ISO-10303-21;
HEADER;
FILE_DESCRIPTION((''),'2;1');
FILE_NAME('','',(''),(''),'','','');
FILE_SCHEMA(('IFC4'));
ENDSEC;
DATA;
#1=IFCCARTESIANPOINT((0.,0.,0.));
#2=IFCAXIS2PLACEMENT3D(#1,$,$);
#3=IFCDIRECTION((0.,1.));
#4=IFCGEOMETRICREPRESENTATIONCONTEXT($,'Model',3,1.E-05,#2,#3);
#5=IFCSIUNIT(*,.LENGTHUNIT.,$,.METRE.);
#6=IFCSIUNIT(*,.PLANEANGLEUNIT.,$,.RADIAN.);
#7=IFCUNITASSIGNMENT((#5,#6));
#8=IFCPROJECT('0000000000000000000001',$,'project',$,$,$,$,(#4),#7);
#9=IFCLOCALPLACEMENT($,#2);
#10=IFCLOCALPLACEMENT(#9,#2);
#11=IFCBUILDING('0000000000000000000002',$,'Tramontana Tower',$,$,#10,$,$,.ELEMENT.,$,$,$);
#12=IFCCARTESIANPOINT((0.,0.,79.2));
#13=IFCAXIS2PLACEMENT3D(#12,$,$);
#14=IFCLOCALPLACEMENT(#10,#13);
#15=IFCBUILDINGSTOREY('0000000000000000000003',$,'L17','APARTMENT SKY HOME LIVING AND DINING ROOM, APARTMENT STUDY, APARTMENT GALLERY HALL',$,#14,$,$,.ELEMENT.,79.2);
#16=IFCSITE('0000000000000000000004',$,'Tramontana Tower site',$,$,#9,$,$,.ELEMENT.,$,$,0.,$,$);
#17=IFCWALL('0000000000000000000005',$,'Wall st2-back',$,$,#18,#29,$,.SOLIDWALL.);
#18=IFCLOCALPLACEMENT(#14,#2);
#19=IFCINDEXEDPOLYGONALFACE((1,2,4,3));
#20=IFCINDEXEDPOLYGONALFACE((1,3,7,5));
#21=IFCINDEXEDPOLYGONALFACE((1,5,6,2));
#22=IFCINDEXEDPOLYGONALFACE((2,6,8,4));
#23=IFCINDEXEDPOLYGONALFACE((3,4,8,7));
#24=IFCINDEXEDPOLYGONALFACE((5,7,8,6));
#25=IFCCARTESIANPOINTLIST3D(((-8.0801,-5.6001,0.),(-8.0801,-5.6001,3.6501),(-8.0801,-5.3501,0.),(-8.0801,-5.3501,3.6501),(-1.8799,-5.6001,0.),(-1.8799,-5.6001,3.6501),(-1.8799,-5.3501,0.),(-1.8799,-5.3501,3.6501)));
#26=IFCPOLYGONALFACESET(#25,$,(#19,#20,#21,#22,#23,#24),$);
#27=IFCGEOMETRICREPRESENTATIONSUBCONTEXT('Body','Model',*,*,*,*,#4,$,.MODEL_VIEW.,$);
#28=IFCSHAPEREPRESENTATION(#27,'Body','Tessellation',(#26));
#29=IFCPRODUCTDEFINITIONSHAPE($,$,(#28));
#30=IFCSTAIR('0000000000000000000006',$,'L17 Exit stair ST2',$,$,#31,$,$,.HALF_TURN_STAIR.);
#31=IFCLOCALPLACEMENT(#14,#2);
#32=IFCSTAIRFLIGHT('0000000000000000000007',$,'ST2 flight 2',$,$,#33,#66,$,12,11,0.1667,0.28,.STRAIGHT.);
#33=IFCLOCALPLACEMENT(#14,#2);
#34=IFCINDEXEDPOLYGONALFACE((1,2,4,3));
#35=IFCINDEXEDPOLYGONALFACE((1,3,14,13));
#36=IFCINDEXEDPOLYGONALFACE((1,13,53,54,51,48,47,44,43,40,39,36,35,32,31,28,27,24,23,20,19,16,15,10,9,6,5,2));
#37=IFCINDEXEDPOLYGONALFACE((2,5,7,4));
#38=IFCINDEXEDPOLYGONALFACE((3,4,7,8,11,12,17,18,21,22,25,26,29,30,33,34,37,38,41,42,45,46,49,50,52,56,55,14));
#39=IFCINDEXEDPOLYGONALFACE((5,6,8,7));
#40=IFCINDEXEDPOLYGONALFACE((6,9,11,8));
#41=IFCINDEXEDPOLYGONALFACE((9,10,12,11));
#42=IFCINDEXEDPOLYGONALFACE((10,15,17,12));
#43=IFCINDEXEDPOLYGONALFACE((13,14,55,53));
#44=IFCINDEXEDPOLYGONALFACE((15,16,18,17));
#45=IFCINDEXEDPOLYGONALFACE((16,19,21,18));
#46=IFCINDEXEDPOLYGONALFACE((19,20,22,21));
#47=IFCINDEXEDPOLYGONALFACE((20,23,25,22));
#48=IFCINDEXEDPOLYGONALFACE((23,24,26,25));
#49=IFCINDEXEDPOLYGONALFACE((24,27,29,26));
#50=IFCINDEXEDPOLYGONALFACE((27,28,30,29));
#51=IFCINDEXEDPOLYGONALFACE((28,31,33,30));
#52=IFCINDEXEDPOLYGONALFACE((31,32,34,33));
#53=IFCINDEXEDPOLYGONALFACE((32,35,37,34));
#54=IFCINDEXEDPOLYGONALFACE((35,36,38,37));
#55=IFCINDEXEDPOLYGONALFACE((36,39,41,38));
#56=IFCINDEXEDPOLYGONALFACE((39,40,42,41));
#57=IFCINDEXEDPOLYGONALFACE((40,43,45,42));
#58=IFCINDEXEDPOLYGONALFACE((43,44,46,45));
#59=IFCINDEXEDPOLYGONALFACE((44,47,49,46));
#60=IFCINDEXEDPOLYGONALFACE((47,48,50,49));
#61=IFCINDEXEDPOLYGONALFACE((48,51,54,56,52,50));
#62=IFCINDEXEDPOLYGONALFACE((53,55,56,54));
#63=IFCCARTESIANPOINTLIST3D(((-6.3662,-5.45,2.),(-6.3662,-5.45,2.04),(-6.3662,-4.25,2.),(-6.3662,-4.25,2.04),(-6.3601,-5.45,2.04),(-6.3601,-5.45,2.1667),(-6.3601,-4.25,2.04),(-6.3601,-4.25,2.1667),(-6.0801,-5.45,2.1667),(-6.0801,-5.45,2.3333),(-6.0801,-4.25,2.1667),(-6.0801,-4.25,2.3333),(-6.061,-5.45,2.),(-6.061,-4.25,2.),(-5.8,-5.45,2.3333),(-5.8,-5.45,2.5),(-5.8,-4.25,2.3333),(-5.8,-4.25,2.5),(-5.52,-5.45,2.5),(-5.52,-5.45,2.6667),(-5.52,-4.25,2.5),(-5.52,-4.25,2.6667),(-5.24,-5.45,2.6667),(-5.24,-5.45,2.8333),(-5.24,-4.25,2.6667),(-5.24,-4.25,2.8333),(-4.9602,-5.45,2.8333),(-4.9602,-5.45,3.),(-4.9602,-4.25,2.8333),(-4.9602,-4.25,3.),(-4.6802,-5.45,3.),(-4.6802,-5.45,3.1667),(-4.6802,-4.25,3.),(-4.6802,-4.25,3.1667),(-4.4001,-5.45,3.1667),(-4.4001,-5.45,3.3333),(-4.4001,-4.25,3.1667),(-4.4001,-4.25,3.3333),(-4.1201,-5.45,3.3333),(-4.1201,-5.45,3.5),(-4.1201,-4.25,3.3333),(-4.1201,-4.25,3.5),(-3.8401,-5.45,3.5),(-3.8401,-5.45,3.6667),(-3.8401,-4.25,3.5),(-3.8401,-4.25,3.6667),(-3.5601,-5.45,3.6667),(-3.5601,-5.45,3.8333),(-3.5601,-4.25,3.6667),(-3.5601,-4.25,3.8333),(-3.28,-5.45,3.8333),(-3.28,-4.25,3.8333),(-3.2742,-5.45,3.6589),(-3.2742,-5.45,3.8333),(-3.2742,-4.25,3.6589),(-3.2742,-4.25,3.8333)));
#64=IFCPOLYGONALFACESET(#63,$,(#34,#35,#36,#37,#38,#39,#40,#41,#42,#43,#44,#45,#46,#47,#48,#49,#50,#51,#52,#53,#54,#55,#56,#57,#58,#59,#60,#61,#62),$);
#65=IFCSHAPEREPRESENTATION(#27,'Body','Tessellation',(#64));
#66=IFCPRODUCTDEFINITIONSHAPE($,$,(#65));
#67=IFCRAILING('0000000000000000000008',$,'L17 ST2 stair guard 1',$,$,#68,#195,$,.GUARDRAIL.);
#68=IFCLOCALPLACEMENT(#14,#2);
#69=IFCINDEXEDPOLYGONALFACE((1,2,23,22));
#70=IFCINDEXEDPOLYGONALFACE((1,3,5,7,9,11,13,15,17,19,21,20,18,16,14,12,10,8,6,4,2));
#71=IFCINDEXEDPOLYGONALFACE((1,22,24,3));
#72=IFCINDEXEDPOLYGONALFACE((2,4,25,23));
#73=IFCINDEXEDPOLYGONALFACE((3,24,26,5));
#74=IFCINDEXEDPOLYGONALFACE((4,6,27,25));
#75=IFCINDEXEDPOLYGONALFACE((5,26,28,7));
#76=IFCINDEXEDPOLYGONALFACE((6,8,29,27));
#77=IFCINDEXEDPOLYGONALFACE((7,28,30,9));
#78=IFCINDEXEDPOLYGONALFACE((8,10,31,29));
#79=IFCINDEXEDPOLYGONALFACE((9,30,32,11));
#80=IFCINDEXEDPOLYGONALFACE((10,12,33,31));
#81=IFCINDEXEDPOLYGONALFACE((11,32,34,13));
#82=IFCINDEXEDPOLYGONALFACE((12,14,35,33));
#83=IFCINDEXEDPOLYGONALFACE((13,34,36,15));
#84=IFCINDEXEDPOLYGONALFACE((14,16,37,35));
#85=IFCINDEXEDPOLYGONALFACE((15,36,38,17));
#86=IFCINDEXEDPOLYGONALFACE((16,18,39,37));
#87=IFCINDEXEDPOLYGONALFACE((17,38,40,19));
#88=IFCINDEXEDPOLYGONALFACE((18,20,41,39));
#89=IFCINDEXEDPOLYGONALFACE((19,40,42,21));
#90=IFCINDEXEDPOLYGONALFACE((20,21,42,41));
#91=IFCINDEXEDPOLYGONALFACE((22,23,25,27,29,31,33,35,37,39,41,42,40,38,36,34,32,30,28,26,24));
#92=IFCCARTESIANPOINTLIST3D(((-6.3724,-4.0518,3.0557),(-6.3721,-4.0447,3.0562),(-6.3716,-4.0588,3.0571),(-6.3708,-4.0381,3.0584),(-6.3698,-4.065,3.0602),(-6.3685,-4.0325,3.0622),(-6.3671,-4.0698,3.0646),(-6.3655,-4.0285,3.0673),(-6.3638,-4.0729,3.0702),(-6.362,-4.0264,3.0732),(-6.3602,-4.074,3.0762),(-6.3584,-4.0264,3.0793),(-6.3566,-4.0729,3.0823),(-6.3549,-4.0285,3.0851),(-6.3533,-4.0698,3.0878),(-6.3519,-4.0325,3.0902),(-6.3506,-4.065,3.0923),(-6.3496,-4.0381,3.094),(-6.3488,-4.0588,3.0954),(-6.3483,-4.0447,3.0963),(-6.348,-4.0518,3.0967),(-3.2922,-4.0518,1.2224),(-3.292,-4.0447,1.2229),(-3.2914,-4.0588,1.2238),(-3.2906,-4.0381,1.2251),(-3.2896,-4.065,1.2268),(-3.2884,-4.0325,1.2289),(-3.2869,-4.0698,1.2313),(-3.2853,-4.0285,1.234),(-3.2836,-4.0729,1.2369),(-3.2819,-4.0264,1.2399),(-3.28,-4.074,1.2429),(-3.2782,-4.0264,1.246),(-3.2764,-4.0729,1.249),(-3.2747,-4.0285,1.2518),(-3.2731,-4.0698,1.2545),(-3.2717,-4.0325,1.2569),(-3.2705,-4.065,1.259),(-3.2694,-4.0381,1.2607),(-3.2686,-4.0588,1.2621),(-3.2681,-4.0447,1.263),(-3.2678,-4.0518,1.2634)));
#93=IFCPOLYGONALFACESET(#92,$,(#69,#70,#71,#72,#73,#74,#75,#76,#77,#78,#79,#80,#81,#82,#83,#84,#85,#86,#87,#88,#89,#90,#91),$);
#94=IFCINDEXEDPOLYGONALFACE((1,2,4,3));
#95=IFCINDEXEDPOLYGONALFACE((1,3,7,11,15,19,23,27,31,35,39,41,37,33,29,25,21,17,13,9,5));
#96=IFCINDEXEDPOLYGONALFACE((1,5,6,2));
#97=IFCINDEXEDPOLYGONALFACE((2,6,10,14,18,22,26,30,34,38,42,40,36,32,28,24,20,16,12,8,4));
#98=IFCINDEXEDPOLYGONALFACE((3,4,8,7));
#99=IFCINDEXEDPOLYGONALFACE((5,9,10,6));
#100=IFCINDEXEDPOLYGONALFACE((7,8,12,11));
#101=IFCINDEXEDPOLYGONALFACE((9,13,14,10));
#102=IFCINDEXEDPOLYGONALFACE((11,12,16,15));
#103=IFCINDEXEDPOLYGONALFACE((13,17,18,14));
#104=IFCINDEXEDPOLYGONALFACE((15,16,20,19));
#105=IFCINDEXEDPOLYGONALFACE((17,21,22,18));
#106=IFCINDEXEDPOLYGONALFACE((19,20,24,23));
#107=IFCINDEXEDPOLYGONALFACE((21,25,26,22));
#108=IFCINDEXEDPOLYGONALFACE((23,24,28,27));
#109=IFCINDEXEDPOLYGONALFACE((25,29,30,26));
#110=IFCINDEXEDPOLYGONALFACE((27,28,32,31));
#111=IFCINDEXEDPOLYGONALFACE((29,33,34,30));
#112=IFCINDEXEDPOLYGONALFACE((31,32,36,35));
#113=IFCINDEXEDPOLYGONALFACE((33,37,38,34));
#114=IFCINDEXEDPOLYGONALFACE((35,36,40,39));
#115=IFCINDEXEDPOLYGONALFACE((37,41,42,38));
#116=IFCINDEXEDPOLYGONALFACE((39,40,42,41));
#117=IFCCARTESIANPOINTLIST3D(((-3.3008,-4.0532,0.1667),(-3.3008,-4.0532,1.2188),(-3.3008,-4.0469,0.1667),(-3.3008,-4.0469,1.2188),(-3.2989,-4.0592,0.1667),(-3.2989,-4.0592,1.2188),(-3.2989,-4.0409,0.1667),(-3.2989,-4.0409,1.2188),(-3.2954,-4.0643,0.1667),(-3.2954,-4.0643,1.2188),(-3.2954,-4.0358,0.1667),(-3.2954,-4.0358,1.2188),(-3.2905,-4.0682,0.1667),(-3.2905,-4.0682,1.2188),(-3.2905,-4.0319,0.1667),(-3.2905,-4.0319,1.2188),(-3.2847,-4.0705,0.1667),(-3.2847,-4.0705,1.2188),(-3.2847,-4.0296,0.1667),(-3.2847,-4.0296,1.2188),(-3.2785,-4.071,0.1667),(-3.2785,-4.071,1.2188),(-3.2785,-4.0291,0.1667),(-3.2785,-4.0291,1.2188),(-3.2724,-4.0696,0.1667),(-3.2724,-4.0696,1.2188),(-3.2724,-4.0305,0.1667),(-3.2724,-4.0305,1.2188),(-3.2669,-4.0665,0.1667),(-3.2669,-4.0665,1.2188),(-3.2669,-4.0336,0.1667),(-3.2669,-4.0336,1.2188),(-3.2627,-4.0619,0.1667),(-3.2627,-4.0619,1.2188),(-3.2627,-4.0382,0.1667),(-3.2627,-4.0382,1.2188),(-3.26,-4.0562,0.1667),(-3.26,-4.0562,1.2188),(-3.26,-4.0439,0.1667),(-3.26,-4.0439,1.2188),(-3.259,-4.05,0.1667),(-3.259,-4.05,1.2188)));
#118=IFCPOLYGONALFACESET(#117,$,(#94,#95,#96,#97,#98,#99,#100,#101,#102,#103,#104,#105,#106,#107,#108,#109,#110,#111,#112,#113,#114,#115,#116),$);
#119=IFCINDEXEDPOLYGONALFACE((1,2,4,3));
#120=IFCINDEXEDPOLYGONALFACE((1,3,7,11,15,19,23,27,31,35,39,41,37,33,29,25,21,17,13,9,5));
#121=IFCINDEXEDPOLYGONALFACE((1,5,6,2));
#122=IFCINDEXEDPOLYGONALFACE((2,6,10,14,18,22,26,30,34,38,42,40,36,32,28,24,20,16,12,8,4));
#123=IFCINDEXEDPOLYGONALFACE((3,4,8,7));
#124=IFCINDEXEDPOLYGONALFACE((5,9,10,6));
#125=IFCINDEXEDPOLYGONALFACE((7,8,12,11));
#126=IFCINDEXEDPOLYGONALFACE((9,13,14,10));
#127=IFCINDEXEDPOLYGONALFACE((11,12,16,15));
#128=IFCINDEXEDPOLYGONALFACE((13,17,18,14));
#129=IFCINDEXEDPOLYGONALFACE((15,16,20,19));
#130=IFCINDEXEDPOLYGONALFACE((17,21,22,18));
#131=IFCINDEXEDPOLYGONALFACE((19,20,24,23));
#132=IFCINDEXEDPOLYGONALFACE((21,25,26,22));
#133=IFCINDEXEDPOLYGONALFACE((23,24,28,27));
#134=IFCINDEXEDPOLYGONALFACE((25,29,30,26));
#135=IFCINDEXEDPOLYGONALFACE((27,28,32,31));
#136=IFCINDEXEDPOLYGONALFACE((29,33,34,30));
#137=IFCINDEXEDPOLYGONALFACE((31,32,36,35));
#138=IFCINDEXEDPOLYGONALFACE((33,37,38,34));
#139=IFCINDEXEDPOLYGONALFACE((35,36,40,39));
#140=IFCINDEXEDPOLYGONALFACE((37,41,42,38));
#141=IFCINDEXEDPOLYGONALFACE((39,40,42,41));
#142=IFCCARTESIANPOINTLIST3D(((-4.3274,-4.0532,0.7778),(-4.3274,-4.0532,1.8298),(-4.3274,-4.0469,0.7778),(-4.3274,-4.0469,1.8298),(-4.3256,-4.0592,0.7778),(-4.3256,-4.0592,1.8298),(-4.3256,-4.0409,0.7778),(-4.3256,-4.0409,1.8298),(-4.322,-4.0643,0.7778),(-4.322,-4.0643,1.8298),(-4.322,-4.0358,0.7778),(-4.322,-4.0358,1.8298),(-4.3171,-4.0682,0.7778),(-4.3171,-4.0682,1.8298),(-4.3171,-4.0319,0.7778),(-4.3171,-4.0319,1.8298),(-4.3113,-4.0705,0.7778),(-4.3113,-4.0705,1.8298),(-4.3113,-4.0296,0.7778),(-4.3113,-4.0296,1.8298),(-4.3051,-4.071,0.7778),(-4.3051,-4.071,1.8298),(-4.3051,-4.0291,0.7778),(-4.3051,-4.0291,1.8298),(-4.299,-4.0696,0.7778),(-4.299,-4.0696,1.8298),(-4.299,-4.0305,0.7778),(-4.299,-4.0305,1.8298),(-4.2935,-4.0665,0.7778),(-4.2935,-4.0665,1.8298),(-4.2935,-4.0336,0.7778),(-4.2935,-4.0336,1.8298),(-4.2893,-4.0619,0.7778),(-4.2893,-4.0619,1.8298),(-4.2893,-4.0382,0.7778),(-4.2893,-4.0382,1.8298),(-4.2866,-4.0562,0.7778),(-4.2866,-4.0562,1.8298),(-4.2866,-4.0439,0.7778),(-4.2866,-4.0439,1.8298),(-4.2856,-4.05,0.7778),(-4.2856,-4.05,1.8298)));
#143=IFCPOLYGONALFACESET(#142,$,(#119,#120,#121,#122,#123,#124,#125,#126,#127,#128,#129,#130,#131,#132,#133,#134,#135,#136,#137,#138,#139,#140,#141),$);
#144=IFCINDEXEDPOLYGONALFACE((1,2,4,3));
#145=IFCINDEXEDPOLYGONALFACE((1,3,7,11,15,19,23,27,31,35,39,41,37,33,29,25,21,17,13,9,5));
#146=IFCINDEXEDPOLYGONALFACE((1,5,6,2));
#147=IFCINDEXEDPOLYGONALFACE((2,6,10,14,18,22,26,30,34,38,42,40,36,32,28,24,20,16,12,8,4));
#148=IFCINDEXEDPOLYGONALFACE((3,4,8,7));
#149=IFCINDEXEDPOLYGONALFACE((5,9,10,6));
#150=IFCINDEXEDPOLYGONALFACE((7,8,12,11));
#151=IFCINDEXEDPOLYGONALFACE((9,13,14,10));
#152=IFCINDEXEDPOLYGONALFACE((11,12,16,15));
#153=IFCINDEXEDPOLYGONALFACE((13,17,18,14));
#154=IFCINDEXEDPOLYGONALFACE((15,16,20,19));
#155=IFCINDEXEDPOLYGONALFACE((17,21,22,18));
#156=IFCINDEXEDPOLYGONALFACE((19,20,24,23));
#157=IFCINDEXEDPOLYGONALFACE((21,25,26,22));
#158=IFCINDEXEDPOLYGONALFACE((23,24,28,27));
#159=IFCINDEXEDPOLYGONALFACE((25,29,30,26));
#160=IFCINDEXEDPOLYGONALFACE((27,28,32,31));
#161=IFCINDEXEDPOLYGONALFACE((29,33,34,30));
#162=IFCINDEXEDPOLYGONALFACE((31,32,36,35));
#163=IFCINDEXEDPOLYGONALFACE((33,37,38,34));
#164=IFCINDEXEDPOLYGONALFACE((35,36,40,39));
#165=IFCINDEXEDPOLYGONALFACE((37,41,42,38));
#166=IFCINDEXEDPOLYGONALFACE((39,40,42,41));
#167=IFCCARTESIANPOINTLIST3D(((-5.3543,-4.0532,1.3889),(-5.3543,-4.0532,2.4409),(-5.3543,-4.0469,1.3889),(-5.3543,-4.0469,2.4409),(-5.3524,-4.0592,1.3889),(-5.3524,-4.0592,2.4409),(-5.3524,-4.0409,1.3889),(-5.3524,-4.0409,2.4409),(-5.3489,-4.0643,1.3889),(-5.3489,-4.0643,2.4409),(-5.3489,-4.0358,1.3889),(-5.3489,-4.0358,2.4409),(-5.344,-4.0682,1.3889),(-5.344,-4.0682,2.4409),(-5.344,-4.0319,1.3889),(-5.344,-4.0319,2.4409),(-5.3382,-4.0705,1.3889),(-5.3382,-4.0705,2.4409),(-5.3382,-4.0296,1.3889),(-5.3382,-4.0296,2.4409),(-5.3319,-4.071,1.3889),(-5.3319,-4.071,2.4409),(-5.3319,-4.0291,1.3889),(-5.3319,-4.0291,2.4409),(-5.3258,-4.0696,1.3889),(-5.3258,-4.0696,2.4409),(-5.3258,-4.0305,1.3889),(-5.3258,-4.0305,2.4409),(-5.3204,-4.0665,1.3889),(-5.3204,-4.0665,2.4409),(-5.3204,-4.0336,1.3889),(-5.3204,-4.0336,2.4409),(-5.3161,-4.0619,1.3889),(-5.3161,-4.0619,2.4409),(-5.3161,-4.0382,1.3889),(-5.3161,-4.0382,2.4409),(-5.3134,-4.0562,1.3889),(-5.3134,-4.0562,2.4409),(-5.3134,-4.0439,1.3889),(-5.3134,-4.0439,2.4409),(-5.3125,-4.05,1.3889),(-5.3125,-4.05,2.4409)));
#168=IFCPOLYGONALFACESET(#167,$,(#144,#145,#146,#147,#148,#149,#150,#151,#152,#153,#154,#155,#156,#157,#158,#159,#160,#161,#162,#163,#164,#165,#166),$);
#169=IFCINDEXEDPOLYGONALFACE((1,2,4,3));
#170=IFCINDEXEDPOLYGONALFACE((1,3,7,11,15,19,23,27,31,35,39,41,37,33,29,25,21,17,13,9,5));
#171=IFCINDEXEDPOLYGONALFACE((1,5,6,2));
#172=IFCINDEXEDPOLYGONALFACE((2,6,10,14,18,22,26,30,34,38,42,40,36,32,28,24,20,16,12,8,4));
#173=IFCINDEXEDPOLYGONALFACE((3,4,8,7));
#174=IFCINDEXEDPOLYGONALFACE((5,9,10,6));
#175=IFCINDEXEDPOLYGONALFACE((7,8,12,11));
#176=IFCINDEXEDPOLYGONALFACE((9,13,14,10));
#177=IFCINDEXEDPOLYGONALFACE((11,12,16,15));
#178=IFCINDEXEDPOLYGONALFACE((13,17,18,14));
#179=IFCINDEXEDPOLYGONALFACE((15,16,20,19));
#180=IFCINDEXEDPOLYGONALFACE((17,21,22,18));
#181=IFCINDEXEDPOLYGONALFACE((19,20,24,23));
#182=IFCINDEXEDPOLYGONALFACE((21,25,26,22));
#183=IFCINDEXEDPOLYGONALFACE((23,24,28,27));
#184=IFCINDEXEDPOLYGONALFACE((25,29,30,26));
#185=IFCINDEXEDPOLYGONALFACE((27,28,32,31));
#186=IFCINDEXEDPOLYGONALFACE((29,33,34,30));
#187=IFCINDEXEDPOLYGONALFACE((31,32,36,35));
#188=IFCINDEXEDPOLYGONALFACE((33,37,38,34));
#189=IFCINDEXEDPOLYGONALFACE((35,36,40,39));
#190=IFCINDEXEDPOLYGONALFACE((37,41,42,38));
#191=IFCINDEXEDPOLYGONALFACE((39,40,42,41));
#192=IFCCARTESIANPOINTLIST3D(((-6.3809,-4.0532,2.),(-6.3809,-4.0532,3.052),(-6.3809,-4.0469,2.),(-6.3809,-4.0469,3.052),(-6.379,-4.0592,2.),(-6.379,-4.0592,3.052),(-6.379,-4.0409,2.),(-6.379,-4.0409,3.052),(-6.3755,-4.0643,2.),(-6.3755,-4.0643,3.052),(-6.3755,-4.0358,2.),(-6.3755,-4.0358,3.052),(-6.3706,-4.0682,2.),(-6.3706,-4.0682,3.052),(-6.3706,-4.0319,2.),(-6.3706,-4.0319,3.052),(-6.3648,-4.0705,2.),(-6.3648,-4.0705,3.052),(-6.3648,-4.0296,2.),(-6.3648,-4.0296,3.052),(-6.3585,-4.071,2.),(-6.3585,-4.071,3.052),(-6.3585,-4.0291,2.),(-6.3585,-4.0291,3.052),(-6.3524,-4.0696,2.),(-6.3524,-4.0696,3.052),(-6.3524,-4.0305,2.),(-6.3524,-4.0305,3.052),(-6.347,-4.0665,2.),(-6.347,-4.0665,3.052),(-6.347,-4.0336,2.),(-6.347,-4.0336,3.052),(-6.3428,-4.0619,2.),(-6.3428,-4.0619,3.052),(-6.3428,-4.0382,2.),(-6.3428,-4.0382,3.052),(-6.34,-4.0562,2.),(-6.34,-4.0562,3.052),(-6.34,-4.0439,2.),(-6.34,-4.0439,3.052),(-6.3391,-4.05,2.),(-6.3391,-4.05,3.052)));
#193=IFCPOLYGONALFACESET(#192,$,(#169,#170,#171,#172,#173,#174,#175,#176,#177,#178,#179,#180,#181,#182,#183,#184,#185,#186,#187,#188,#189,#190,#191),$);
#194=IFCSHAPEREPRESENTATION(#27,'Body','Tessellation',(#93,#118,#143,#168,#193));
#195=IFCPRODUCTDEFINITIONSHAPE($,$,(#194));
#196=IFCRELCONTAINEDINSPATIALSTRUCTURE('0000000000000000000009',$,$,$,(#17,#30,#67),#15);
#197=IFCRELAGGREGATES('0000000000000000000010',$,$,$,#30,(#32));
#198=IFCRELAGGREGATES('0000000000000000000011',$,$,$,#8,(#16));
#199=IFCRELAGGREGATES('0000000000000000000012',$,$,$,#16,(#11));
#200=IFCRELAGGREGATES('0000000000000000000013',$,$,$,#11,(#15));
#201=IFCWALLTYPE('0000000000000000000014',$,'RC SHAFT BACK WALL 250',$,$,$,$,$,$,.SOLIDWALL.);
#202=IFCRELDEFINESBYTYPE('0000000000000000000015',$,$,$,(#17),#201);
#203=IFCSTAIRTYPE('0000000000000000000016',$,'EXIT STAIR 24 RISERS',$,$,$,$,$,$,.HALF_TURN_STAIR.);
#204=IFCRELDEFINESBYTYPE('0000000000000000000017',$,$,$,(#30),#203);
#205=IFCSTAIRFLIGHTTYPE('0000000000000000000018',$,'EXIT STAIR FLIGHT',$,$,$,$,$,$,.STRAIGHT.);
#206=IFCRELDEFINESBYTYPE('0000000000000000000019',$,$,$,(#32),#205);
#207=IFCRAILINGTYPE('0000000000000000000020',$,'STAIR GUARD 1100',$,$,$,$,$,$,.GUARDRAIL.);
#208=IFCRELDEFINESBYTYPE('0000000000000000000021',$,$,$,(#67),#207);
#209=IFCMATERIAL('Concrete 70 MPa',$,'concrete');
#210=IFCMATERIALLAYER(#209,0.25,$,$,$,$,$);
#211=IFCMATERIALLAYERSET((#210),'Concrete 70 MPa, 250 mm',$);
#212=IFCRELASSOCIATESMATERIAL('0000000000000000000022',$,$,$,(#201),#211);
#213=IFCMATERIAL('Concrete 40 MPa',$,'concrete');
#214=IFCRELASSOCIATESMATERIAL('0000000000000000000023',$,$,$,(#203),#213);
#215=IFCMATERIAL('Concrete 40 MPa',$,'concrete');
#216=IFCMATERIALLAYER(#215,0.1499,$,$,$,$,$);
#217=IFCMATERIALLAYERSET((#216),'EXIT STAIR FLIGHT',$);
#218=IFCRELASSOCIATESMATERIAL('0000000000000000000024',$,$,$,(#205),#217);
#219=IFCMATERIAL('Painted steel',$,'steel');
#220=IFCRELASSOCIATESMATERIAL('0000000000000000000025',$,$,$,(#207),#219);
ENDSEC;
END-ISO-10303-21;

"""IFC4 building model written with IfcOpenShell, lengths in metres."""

from ifc_helpers import new_model, si_unit, direction, frame, frame_2d, origin, origin_2d, place, context, subcontext, project, spatial, polyline, rectangle, circle, outline, extrude, material, layer, layer_set, type_object, element, aggregate, save


model = new_model("IFC4")

# Units and contexts
model_context = context("Model", 3, precision=1e-05, world=origin(), true_north=direction((0.0, 1.0)))
body_context = subcontext(model_context, "Body", "Model", "MODEL_VIEW")
ifc_project = project(units=[si_unit("LENGTHUNIT", "METRE"), si_unit("PLANEANGLEUNIT", "RADIAN")], contexts=[model_context])

# Site, building, storey
site_placement = place(None, origin())
site = spatial("IfcSite", under=ifc_project, at=site_placement, Name="Tramontana Tower site", CompositionType="ELEMENT", RefElevation=0.0)
building_placement = place(site_placement, origin())
building = spatial("IfcBuilding", under=site, at=building_placement, Name="Tramontana Tower", CompositionType="ELEMENT")
storey_placement = place(building_placement, frame((0.0, 0.0, 79.2)))
storey = spatial("IfcBuildingStorey", under=building, at=storey_placement, Name="L17", Description="APARTMENT SKY HOME LIVING AND DINING ROOM, APARTMENT STUDY, APARTMENT GALLERY HALL", CompositionType="ELEMENT", Elevation=79.2)

# Wall
ifc_material_1 = material(Name="Concrete 70 MPa", Category="concrete")
ifc_layer_1 = layer(ifc_material_1, 0.25)
ifc_layer_set_1 = layer_set([ifc_layer_1], Name="Concrete 70 MPa, 250 mm")
wall_type_1 = type_object("IfcWallType", Name="RC SHAFT BACK WALL 250", PredefinedType="SOLIDWALL", material=ifc_layer_set_1)
wall_1_placement = place(storey_placement, frame((-8.0801, -5.4751, 0.0), z_axis=(0.0, 0.0, 1.0), x_axis=(1.0, 0.0, 0.0)))
element("IfcWall", 1, at=wall_1_placement, inside=storey, type_object=wall_type_1, Name="Wall st2-back", PredefinedType="SOLIDWALL", context=body_context, shape_type="SweptSolid", body=[
    extrude(rectangle(XDim=6.2002, YDim=0.25, at=frame_2d((3.1001, 0.0))), origin(), (0.0, 0.0, 1.0), 3.6501),
])

# Stair, stair flight
ifc_material_2 = material(Name="Concrete 40 MPa", Category="concrete")
stair_type = type_object("IfcStairType", Name="EXIT STAIR 24 RISERS", PredefinedType="HALF_TURN_STAIR", material=ifc_material_2)
stair_placement = place(storey_placement, origin())
stair = element("IfcStair", 2, at=stair_placement, inside=storey, type_object=stair_type, Name="L17 Exit stair ST2", PredefinedType="HALF_TURN_STAIR")
ifc_material_3 = material(Name="Concrete 40 MPa", Category="concrete")
ifc_layer_2 = layer(ifc_material_3, 0.1499)
ifc_layer_set_2 = layer_set([ifc_layer_2], Name="EXIT STAIR FLIGHT")
stair_flight_type = type_object("IfcStairFlightType", Name="EXIT STAIR FLIGHT", PredefinedType="STRAIGHT", material=ifc_layer_set_2)
stair_flight_placement = place(storey_placement, frame((-6.3601, -4.8501, 2.0), z_axis=(0.0, 0.0, 1.0), x_axis=(1.0, 0.0, 0.0)))
stair_flight = element("IfcStairFlight", 3, at=stair_flight_placement, type_object=stair_flight_type, Name="ST2 flight 2", NumberOfRisers=12, NumberOfTreads=11, PredefinedType="STRAIGHT", RiserHeight=0.1667, TreadLength=0.28, context=body_context, shape_type="SweptSolid", body=[
    extrude(outline(polyline([(-0.0061, 0.0), (-0.0061, 0.04), (0.0, 0.04), (0.0, 0.1667), (0.28, 0.1667), (0.28, 0.3333), (0.5601, 0.3333), (0.5601, 0.5), (0.8401, 0.5), (0.8401, 0.6667), (1.1201, 0.6667), (1.1201, 0.8333), (1.3999, 0.8333), (1.3999, 1.0), (1.6799, 1.0), (1.6799, 1.1667), (1.96, 1.1667), (1.96, 1.3333), (2.24, 1.3333), (2.24, 1.5), (2.52, 1.5), (2.52, 1.6667), (2.8, 1.6667), (2.8, 1.8333), (3.0801, 1.8333), (3.0859, 1.8333), (3.0859, 1.6589), (0.2991, 0.0), (-0.0061, 0.0)])), frame((0.0, 0.6001, 0.0), z_axis=(0.0, -1.0, 0.0), x_axis=(1.0, 0.0, 0.0)), (0.0, 0.0, 1.0), 1.2),
])
aggregate(stair, [stair_flight])

# Railing
ifc_material_4 = material(Name="Painted steel", Category="steel")
railing_type_1 = type_object("IfcRailingType", Name="STAIR GUARD 1100", PredefinedType="GUARDRAIL", material=ifc_material_4)
railing_1_placement = place(storey_placement, frame((-3.28, -4.05, 0.1667)))
element("IfcRailing", 4, at=railing_1_placement, inside=storey, type_object=railing_type_1, Name="L17 ST2 stair guard 1", PredefinedType="GUARDRAIL", context=body_context, shape_type="SweptSolid", body=[
    extrude(circle(Radius=0.0239, at=origin_2d()), frame((0.0, 0.0, 1.0762), z_axis=(-0.859309, 0.0, 0.511458), x_axis=(0.0, -1.0, 0.0)), (0.0, 0.0, 1.0), 3.5845),
    extrude(circle(Radius=0.021, at=origin_2d()), origin(), (0.0, 0.0, 1.0), 1.052),
    extrude(circle(Radius=0.021, at=origin_2d()), frame((-1.0266, 0.0, 0.6111)), (0.0, 0.0, 1.0), 1.052),
    extrude(circle(Radius=0.021, at=origin_2d()), frame((-2.0535, 0.0, 1.2222)), (0.0, 0.0, 1.0), 1.052),
    extrude(circle(Radius=0.021, at=origin_2d()), frame((-3.0801, 0.0, 1.8333)), (0.0, 0.0, 1.0), 1.052),
])

save(model, "model.ifc")
